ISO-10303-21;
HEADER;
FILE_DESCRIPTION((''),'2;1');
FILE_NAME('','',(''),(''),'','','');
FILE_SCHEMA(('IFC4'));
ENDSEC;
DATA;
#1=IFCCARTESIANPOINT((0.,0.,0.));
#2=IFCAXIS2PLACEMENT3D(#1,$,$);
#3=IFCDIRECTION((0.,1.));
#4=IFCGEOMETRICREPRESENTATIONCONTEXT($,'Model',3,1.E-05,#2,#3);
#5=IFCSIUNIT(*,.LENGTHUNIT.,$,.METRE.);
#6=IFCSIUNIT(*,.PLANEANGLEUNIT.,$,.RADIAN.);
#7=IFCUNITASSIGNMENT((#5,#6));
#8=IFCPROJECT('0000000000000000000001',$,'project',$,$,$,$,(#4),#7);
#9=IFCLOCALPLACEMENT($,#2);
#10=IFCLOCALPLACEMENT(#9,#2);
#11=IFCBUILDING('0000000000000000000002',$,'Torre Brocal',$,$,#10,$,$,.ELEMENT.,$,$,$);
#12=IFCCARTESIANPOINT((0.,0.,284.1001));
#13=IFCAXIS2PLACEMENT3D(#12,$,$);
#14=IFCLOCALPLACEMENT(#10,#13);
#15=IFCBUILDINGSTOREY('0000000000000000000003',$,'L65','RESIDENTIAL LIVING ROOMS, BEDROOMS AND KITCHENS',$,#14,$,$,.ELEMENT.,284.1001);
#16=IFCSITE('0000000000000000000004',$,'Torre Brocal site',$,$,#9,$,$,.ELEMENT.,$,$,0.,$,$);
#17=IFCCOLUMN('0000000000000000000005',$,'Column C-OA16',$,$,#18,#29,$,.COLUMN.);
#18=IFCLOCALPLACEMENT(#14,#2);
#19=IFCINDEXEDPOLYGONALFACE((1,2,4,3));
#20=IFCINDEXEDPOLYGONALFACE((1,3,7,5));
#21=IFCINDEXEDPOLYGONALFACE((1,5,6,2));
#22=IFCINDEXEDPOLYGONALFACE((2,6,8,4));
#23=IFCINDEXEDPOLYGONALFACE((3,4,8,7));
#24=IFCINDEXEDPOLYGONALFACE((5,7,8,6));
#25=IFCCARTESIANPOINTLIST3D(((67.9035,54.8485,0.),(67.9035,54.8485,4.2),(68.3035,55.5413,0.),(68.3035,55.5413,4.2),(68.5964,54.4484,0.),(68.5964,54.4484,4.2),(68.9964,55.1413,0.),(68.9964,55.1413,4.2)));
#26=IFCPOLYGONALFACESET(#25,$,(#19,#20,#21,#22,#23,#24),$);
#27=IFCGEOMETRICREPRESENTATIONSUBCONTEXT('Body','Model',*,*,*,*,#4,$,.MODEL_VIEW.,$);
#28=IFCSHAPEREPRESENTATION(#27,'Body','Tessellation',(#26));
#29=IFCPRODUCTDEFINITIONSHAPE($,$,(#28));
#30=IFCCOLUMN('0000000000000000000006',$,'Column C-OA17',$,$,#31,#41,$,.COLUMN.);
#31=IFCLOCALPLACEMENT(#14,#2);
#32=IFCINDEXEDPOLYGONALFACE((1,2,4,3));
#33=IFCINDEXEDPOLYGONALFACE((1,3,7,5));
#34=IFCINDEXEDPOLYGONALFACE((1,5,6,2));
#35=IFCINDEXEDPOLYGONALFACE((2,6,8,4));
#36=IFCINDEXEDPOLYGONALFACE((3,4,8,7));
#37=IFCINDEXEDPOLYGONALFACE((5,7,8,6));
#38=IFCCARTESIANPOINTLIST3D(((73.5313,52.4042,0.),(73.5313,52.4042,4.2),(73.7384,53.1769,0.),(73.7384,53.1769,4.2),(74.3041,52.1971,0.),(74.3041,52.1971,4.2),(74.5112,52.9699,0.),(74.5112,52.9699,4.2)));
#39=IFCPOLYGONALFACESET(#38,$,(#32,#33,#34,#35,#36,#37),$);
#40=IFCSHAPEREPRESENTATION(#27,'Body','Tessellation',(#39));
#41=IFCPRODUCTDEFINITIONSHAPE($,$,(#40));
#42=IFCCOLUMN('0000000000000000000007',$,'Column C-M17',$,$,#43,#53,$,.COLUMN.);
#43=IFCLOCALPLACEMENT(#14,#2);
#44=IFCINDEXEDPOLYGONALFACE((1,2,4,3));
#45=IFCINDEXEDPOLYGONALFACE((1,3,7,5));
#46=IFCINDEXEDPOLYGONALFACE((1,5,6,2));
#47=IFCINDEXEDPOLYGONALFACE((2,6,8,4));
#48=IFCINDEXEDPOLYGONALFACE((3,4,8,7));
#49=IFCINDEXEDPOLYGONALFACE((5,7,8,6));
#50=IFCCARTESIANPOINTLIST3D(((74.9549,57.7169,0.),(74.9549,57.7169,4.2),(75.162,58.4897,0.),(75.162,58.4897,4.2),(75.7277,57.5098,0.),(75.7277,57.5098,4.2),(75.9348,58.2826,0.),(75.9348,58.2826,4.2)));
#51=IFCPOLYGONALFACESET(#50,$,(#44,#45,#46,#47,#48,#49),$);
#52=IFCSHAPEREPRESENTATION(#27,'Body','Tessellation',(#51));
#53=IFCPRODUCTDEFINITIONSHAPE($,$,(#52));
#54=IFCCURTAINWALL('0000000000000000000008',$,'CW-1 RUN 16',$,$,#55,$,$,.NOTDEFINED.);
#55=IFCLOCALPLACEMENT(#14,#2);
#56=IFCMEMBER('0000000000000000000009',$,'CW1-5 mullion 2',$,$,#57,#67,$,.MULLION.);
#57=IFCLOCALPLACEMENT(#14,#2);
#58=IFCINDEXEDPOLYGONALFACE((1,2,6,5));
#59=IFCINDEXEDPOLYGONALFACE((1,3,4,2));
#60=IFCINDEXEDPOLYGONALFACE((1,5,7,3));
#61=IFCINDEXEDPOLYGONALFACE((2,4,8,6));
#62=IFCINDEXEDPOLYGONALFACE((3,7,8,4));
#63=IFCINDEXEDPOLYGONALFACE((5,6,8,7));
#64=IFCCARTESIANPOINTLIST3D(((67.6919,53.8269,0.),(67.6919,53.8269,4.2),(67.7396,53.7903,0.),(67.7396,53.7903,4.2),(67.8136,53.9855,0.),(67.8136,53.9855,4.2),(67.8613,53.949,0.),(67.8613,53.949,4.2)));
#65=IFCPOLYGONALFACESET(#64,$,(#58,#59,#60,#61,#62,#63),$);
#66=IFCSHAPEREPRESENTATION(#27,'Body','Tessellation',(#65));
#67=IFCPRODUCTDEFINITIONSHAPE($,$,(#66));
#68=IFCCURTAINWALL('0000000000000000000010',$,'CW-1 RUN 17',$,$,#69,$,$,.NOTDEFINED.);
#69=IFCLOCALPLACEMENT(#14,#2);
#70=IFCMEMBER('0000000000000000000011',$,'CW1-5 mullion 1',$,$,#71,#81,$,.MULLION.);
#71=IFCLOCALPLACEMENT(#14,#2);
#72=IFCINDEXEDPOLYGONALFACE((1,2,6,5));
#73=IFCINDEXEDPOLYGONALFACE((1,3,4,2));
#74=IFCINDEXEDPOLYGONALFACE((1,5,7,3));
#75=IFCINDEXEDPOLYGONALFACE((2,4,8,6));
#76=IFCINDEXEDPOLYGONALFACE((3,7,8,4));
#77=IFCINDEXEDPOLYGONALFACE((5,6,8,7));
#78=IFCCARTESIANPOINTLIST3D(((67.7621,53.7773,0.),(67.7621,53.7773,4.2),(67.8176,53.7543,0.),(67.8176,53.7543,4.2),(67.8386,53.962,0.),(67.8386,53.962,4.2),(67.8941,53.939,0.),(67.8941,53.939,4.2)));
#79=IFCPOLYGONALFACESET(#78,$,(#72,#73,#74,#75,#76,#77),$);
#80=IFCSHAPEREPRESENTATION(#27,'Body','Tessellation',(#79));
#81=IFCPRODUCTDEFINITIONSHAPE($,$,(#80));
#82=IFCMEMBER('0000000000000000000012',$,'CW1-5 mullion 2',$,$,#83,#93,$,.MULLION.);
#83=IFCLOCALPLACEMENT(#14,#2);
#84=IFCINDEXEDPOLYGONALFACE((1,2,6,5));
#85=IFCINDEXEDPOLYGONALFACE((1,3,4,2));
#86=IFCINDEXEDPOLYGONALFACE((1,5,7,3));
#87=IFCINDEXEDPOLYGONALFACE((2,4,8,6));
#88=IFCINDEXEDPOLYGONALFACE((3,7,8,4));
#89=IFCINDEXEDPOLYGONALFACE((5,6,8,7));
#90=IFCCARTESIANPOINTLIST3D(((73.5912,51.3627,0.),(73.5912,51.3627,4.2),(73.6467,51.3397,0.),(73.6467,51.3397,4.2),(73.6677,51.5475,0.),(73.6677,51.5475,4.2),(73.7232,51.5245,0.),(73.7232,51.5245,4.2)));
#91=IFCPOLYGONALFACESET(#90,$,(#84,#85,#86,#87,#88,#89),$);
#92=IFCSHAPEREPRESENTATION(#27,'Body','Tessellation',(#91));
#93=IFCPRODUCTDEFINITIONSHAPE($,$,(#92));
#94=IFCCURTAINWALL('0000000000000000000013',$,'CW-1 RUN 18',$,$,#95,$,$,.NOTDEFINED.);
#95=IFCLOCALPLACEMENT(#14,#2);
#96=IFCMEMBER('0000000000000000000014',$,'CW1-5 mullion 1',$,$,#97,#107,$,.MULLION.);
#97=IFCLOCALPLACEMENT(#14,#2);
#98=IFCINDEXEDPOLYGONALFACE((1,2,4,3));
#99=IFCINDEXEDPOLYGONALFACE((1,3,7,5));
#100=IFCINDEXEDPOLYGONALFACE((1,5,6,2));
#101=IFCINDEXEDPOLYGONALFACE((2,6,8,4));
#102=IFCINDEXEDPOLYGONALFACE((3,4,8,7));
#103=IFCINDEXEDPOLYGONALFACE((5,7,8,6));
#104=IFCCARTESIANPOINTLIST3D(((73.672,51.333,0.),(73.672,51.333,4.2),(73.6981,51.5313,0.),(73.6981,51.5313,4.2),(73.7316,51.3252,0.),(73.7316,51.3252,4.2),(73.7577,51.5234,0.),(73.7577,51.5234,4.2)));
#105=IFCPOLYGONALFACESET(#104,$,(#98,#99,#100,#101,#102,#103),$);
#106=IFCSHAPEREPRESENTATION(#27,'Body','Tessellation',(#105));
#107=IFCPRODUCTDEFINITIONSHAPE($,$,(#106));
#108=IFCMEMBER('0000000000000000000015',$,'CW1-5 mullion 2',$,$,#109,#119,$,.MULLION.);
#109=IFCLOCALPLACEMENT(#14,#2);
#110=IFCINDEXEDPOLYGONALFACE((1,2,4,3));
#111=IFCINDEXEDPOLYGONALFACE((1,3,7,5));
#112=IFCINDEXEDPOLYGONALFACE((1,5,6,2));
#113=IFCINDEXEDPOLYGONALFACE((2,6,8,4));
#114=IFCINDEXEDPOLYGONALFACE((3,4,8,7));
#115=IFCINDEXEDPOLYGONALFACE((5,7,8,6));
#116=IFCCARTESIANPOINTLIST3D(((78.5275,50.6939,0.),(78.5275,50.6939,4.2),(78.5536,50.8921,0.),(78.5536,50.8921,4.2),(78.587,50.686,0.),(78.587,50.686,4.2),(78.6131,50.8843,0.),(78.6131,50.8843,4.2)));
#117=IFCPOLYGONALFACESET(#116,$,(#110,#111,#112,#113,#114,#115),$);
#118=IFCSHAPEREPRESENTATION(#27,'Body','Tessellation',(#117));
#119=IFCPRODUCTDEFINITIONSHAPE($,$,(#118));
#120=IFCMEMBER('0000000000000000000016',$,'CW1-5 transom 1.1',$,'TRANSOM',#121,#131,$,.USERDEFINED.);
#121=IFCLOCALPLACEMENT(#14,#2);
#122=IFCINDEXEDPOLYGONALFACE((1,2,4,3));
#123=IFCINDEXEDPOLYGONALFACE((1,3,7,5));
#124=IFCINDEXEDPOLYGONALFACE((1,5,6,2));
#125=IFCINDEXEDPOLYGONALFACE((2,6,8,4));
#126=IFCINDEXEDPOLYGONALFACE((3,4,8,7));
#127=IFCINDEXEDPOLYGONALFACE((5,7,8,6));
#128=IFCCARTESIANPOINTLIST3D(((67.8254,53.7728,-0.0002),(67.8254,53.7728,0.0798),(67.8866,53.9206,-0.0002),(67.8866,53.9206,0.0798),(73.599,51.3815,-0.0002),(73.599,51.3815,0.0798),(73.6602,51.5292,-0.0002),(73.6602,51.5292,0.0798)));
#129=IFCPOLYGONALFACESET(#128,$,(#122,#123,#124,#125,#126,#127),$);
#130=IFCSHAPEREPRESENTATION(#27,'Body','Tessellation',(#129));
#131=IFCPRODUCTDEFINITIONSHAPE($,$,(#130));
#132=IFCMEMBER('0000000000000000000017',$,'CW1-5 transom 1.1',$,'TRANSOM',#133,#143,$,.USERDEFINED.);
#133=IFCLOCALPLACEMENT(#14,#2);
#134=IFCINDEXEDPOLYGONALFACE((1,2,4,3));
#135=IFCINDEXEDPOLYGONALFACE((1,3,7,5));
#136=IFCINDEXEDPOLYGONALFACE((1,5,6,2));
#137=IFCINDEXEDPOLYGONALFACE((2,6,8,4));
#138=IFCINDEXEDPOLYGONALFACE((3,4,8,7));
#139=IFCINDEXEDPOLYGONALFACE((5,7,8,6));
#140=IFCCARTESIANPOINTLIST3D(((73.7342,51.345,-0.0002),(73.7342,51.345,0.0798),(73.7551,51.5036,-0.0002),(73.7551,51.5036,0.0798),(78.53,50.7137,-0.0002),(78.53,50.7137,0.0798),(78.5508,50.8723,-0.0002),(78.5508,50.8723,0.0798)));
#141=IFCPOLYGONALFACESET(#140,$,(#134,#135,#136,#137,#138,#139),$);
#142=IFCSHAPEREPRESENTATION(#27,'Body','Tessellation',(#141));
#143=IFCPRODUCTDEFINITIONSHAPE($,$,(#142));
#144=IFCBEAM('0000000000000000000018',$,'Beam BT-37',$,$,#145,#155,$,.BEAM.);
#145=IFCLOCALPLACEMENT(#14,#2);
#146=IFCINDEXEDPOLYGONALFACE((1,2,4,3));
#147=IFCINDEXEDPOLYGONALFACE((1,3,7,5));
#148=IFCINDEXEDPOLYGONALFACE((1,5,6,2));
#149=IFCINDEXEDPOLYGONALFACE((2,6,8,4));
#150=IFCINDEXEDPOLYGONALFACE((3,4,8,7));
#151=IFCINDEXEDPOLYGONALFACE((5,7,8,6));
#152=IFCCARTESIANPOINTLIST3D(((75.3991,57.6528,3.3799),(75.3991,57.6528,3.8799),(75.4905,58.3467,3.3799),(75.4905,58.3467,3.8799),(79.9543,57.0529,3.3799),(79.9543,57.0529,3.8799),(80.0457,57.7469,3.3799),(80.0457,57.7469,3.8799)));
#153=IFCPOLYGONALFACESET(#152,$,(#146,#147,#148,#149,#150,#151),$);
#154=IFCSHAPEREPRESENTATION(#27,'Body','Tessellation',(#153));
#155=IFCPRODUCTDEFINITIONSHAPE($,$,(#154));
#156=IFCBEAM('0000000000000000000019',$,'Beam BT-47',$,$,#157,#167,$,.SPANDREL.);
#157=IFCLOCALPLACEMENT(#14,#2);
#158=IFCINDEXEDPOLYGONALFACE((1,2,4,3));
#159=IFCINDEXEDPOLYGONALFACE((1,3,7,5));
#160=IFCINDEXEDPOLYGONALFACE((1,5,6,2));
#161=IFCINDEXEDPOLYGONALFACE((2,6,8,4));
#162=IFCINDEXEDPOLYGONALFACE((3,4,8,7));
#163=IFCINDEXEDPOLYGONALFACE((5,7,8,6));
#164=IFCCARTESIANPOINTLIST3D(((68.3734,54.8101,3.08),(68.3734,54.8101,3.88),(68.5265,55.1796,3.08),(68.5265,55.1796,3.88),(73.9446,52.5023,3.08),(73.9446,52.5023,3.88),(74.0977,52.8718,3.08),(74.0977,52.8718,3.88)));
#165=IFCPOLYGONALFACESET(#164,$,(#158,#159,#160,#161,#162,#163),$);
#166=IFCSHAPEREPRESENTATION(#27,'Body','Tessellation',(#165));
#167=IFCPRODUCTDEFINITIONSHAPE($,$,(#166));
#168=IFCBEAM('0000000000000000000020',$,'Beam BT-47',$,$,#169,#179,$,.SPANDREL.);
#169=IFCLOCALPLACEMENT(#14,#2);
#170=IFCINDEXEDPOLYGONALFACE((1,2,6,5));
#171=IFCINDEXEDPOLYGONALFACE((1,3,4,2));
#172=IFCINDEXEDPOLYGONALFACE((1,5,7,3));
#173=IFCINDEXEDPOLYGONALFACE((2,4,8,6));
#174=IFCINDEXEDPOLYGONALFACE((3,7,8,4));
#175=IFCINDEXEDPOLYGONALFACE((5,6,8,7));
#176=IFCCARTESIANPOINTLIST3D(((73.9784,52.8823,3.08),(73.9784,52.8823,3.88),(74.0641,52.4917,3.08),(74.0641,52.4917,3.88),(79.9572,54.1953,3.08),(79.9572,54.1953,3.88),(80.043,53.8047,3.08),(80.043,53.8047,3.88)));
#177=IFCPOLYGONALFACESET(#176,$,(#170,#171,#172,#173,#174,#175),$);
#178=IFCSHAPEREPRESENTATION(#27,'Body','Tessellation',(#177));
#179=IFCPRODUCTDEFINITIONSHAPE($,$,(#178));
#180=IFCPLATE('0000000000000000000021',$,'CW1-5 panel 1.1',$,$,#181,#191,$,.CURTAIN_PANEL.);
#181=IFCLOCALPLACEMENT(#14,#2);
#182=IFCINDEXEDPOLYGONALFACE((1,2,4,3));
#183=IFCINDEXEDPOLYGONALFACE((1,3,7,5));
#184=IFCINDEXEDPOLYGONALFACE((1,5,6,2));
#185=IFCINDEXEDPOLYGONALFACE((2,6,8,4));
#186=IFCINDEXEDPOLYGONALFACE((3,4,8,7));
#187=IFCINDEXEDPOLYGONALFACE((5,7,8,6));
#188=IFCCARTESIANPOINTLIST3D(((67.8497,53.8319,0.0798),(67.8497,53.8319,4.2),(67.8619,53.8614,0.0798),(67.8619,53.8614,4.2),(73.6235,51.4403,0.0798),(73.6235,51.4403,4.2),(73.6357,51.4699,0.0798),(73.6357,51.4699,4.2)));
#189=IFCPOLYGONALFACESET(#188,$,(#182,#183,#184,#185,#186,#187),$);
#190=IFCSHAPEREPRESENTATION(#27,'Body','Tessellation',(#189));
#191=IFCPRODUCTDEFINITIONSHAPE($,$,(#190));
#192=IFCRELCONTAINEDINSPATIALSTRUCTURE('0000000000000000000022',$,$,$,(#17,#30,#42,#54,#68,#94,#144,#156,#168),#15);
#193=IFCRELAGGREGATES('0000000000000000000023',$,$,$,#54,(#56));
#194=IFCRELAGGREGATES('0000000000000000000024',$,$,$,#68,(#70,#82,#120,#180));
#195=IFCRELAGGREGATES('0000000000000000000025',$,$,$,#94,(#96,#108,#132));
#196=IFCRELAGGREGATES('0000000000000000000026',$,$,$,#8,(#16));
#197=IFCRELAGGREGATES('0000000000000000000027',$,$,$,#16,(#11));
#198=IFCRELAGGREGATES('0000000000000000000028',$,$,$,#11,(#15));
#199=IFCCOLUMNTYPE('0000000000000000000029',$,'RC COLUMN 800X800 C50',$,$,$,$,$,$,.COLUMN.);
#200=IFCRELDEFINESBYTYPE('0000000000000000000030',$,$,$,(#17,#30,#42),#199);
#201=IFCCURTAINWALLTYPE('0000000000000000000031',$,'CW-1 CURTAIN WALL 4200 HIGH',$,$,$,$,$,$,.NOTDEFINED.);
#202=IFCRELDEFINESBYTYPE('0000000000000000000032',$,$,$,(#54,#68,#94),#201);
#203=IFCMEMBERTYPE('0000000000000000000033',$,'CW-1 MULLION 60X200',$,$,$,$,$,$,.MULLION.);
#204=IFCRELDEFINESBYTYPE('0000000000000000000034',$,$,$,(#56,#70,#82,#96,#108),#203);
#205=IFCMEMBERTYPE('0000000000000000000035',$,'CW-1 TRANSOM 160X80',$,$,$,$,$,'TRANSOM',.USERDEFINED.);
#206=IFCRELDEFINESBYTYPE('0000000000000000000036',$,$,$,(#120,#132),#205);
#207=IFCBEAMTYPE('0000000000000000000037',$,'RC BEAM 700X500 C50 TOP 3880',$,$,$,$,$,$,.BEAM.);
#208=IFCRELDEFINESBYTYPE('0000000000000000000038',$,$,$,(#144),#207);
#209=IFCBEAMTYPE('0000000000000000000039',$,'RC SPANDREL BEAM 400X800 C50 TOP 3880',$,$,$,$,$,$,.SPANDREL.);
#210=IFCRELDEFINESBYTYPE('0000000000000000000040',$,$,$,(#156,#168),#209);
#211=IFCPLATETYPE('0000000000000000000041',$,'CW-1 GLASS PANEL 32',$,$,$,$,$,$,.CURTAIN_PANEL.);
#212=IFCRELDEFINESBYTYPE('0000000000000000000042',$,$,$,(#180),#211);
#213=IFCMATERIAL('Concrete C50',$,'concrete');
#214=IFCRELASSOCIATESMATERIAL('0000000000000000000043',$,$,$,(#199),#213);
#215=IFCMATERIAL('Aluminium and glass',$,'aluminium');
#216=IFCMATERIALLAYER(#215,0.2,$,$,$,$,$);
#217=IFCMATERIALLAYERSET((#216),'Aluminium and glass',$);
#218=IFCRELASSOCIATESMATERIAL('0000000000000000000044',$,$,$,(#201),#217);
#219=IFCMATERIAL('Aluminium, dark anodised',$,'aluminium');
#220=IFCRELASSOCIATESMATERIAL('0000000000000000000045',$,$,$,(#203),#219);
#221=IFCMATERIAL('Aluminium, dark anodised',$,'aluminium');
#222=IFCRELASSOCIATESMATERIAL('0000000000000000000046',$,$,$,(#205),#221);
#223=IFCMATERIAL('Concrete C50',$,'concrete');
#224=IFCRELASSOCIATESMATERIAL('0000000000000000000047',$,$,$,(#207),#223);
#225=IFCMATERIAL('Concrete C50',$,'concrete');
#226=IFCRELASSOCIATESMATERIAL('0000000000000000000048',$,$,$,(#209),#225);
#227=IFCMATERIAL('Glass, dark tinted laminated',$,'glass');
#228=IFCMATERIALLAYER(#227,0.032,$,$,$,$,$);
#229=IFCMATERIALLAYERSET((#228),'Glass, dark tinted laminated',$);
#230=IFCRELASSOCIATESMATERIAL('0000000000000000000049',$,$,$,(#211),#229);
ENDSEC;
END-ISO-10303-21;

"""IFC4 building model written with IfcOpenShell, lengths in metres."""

from ifc_helpers import new_model, si_unit, direction, frame, origin, origin_2d, place, context, subcontext, project, spatial, rectangle, extrude, material, layer, layer_set, material_profile, profile_set, type_object, element, aggregate, save


model = new_model("IFC4")

# Units and contexts
model_context = context("Model", 3, precision=1e-05, world=origin(), true_north=direction((0.0, 1.0)))
body_context = subcontext(model_context, "Body", "Model", "MODEL_VIEW")
ifc_project = project(units=[si_unit("LENGTHUNIT", "METRE"), si_unit("PLANEANGLEUNIT", "RADIAN")], contexts=[model_context])

# Site, building, storey
site_placement = place(None, origin())
site = spatial("IfcSite", under=ifc_project, at=site_placement, Name="Torre Brocal site", CompositionType="ELEMENT", RefElevation=0.0)
building_placement = place(site_placement, origin())
building = spatial("IfcBuilding", under=site, at=building_placement, Name="Torre Brocal", CompositionType="ELEMENT")
storey_placement = place(building_placement, frame((0.0, 0.0, 284.1001)))
storey = spatial("IfcBuildingStorey", under=building, at=storey_placement, Name="L65", Description="RESIDENTIAL LIVING ROOMS, BEDROOMS AND KITCHENS", CompositionType="ELEMENT", Elevation=284.1001)

# Columns
ifc_material_1 = material(Name="Concrete C50", Category="concrete")
ifc_material_profile_1 = material_profile(ifc_material_1, rectangle(XDim=0.8, YDim=0.8, at=origin_2d()), Name="RC 800X800")
ifc_profile_set_1 = profile_set([ifc_material_profile_1], Name="Concrete C50")
column_type = type_object("IfcColumnType", Name="RC COLUMN 800X800 C50", PredefinedType="COLUMN", material=ifc_profile_set_1)
for number, where, z_axis, x_axis, name in (
    (1, (68.45, 54.9949, 0.0), (0.0, 0.0, 1.0), (-0.5, -0.866025, 0.0), "Column C-OA16"),
    (2, (74.0212, 52.687, 0.0), (0.0, 0.0, 1.0), (-0.258819, -0.965926, 0.0), "Column C-OA17"),
    (3, (75.4448, 57.9998, 0.0), (0.0, 0.0, 1.0), (-0.258819, -0.965926, 0.0), "Column C-M17"),
):
    element("IfcColumn", number, at=place(storey_placement, frame(where, z_axis=z_axis, x_axis=x_axis)), inside=storey, type_object=column_type, Name=name, PredefinedType="COLUMN", context=body_context, shape_type="SweptSolid", body=[
        extrude(rectangle(XDim=0.8, YDim=0.8, at=origin_2d()), origin(), (0.0, 0.0, 1.0), 4.2),
    ])

# Curtain wall, member
ifc_material_2 = material(Name="Aluminium and glass", Category="aluminium")
ifc_layer_1 = layer(ifc_material_2, 0.2)
ifc_layer_set_1 = layer_set([ifc_layer_1], Name="Aluminium and glass")
curtain_wall_type = type_object("IfcCurtainWallType", Name="CW-1 CURTAIN WALL 4200 HIGH", PredefinedType="NOTDEFINED", material=ifc_layer_set_1)
curtain_wall_1_placement = place(storey_placement, origin())
curtain_wall_1 = element("IfcCurtainWall", 4, at=curtain_wall_1_placement, inside=storey, type_object=curtain_wall_type, Name="CW-1 RUN 16", PredefinedType="NOTDEFINED")
ifc_material_3 = material(Name="Aluminium, dark anodised", Category="aluminium")
ifc_material_profile_2 = material_profile(ifc_material_3, rectangle(XDim=0.2, YDim=0.0601, at=origin_2d()), Name="CW-1 MULLION 60X200")
ifc_profile_set_2 = profile_set([ifc_material_profile_2], Name="Aluminium, dark anodised")
member_type_1 = type_object("IfcMemberType", Name="CW-1 MULLION 60X200", PredefinedType="MULLION", material=ifc_profile_set_2)
member_1_placement = place(storey_placement, frame((67.7766, 53.8879, 0.0), z_axis=(0.0, 0.0, 1.0), x_axis=(0.608761, 0.793353, 0.0)))
member_1 = element("IfcMember", 5, at=member_1_placement, type_object=member_type_1, Name="CW1-5 mullion 2", PredefinedType="MULLION", context=body_context, shape_type="SweptSolid", body=[
    extrude(rectangle(XDim=0.2, YDim=0.0601, at=origin_2d()), origin(), (0.0, 0.0, 1.0), 4.2),
])
aggregate(curtain_wall_1, [member_1])

# Curtain walls, members
curtain_wall_2_placement = place(storey_placement, origin())
curtain_wall_2 = element("IfcCurtainWall", 6, at=curtain_wall_2_placement, inside=storey, type_object=curtain_wall_type, Name="CW-1 RUN 17", PredefinedType="NOTDEFINED")
member_2_placement = place(storey_placement, frame((67.8281, 53.8582, 0.0), z_axis=(0.0, 0.0, 1.0), x_axis=(0.382683, 0.92388, 0.0)))
member_2 = element("IfcMember", 7, at=member_2_placement, type_object=member_type_1, Name="CW1-5 mullion 1", PredefinedType="MULLION", context=body_context, shape_type="SweptSolid", body=[
    extrude(rectangle(XDim=0.2, YDim=0.0601, at=origin_2d()), origin(), (0.0, 0.0, 1.0), 4.2),
])
member_3_placement = place(storey_placement, frame((73.6572, 51.4436, 0.0), z_axis=(0.0, 0.0, 1.0), x_axis=(0.382683, 0.92388, 0.0)))
member_3 = element("IfcMember", 8, at=member_3_placement, type_object=member_type_1, Name="CW1-5 mullion 2", PredefinedType="MULLION", context=body_context, shape_type="SweptSolid", body=[
    extrude(rectangle(XDim=0.2, YDim=0.0601, at=origin_2d()), origin(), (0.0, 0.0, 1.0), 4.2),
])
curtain_wall_3_placement = place(storey_placement, origin())
curtain_wall_3 = element("IfcCurtainWall", 9, at=curtain_wall_3_placement, inside=storey, type_object=curtain_wall_type, Name="CW-1 RUN 18", PredefinedType="NOTDEFINED")
member_4_placement = place(storey_placement, frame((73.7148, 51.4282, 0.0), z_axis=(0.0, 0.0, 1.0), x_axis=(0.130526, 0.991445, 0.0)))
member_4 = element("IfcMember", 10, at=member_4_placement, type_object=member_type_1, Name="CW1-5 mullion 1", PredefinedType="MULLION", context=body_context, shape_type="SweptSolid", body=[
    extrude(rectangle(XDim=0.2, YDim=0.0601, at=origin_2d()), origin(), (0.0, 0.0, 1.0), 4.2),
])
member_5_placement = place(storey_placement, frame((78.5703, 50.7891, 0.0), z_axis=(0.0, 0.0, 1.0), x_axis=(0.130526, 0.991445, 0.0)))
member_5 = element("IfcMember", 11, at=member_5_placement, type_object=member_type_1, Name="CW1-5 mullion 2", PredefinedType="MULLION", context=body_context, shape_type="SweptSolid", body=[
    extrude(rectangle(XDim=0.2, YDim=0.0601, at=origin_2d()), origin(), (0.0, 0.0, 1.0), 4.2),
])

# Members
ifc_material_4 = material(Name="Aluminium, dark anodised", Category="aluminium")
ifc_material_profile_3 = material_profile(ifc_material_4, rectangle(XDim=0.1599, YDim=0.0801, at=origin_2d()), Name="CW-1 TRANSOM 160X80")
ifc_profile_set_3 = profile_set([ifc_material_profile_3], Name="Aluminium, dark anodised")
member_type_2 = type_object("IfcMemberType", Name="CW-1 TRANSOM 160X80", ElementType="TRANSOM", PredefinedType="USERDEFINED", material=ifc_profile_set_3)
member_6_placement = place(storey_placement, frame((67.856, 53.8467, 0.0398), z_axis=(0.92389, -0.382659, 0.0), x_axis=(0.382659, 0.92389, 0.0)))
member_6 = element("IfcMember", 12, at=member_6_placement, type_object=member_type_2, Name="CW1-5 transom 1.1", ObjectType="TRANSOM", PredefinedType="USERDEFINED", context=body_context, shape_type="SweptSolid", body=[
    extrude(rectangle(XDim=0.1599, YDim=0.0801, at=origin_2d()), origin(), (0.0, 0.0, 1.0), 6.2493),
])
member_7_placement = place(storey_placement, frame((73.7446, 51.4243, 0.0398), z_axis=(0.991446, -0.130517, 0.0), x_axis=(0.130517, 0.991446, 0.0)))
member_7 = element("IfcMember", 13, at=member_7_placement, type_object=member_type_2, Name="CW1-5 transom 1.1", ObjectType="TRANSOM", PredefinedType="USERDEFINED", context=body_context, shape_type="SweptSolid", body=[
    extrude(rectangle(XDim=0.1599, YDim=0.0801, at=origin_2d()), origin(), (0.0, 0.0, 1.0), 4.8372),
])

# Beams
ifc_material_5 = material(Name="Concrete C50", Category="concrete")
ifc_material_profile_4 = material_profile(ifc_material_5, rectangle(XDim=0.7, YDim=0.5, at=origin_2d()), Name="RC 700X500")
ifc_profile_set_4 = profile_set([ifc_material_profile_4], Name="Concrete C50")
beam_type_1 = type_object("IfcBeamType", Name="RC BEAM 700X500 C50 TOP 3880", PredefinedType="BEAM", material=ifc_profile_set_4)
beam_1_placement = place(storey_placement, frame((75.4448, 57.9998, 3.6299), z_axis=(0.991441, -0.130559, 0.0), x_axis=(0.130559, 0.991441, 0.0)))
element("IfcBeam", 14, at=beam_1_placement, inside=storey, type_object=beam_type_1, Name="Beam BT-37", PredefinedType="BEAM", context=body_context, shape_type="SweptSolid", body=[
    extrude(rectangle(XDim=0.7, YDim=0.5, at=origin_2d()), origin(), (0.0, 0.0, 1.0), 4.5945),
])
ifc_material_6 = material(Name="Concrete C50", Category="concrete")
ifc_material_profile_5 = material_profile(ifc_material_6, rectangle(XDim=0.3999, YDim=0.8, at=origin_2d()), Name="RC 400X800")
ifc_profile_set_5 = profile_set([ifc_material_profile_5], Name="Concrete C50")
beam_type_2 = type_object("IfcBeamType", Name="RC SPANDREL BEAM 400X800 C50 TOP 3880", PredefinedType="SPANDREL", material=ifc_profile_set_5)
beam_2_placement = place(storey_placement, frame((68.45, 54.9949, 3.48), z_axis=(0.92387, -0.382706, 0.0), x_axis=(0.382706, 0.92387, 0.0)))
element("IfcBeam", 15, at=beam_2_placement, inside=storey, type_object=beam_type_2, Name="Beam BT-47", PredefinedType="SPANDREL", context=body_context, shape_type="SweptSolid", body=[
    extrude(rectangle(XDim=0.3999, YDim=0.8, at=origin_2d()), origin(), (0.0, 0.0, 1.0), 6.0303),
])
beam_3_placement = place(storey_placement, frame((74.0212, 52.687, 3.48), z_axis=(0.976725, 0.214497, 0.0), x_axis=(-0.214497, 0.976725, 0.0)))
element("IfcBeam", 16, at=beam_3_placement, inside=storey, type_object=beam_type_2, Name="Beam BT-47", PredefinedType="SPANDREL", context=body_context, shape_type="SweptSolid", body=[
    extrude(rectangle(XDim=0.3999, YDim=0.8, at=origin_2d()), origin(), (0.0, 0.0, 1.0), 6.1213),
])

# Plate
ifc_material_7 = material(Name="Glass, dark tinted laminated", Category="glass")
ifc_layer_2 = layer(ifc_material_7, 0.032)
ifc_layer_set_2 = layer_set([ifc_layer_2], Name="Glass, dark tinted laminated")
plate_type = type_object("IfcPlateType", Name="CW-1 GLASS PANEL 32", PredefinedType="CURTAIN_PANEL", material=ifc_layer_set_2)
plate_1_placement = place(storey_placement, frame((70.7427, 52.6509, 0.0798), z_axis=(0.0, 0.0, 1.0), x_axis=(0.92388, -0.382683, 0.0)))
plate_1 = element("IfcPlate", 17, at=plate_1_placement, type_object=plate_type, Name="CW1-5 panel 1.1", PredefinedType="CURTAIN_PANEL", context=body_context, shape_type="SweptSolid", body=[
    extrude(rectangle(XDim=6.2495, YDim=0.032, at=origin_2d()), origin(), (0.0, 0.0, 1.0), 4.1201),
])
aggregate(curtain_wall_2, [member_2, member_3, member_6, plate_1])
aggregate(curtain_wall_3, [member_4, member_5, member_7])

save(model, "model.ifc")
